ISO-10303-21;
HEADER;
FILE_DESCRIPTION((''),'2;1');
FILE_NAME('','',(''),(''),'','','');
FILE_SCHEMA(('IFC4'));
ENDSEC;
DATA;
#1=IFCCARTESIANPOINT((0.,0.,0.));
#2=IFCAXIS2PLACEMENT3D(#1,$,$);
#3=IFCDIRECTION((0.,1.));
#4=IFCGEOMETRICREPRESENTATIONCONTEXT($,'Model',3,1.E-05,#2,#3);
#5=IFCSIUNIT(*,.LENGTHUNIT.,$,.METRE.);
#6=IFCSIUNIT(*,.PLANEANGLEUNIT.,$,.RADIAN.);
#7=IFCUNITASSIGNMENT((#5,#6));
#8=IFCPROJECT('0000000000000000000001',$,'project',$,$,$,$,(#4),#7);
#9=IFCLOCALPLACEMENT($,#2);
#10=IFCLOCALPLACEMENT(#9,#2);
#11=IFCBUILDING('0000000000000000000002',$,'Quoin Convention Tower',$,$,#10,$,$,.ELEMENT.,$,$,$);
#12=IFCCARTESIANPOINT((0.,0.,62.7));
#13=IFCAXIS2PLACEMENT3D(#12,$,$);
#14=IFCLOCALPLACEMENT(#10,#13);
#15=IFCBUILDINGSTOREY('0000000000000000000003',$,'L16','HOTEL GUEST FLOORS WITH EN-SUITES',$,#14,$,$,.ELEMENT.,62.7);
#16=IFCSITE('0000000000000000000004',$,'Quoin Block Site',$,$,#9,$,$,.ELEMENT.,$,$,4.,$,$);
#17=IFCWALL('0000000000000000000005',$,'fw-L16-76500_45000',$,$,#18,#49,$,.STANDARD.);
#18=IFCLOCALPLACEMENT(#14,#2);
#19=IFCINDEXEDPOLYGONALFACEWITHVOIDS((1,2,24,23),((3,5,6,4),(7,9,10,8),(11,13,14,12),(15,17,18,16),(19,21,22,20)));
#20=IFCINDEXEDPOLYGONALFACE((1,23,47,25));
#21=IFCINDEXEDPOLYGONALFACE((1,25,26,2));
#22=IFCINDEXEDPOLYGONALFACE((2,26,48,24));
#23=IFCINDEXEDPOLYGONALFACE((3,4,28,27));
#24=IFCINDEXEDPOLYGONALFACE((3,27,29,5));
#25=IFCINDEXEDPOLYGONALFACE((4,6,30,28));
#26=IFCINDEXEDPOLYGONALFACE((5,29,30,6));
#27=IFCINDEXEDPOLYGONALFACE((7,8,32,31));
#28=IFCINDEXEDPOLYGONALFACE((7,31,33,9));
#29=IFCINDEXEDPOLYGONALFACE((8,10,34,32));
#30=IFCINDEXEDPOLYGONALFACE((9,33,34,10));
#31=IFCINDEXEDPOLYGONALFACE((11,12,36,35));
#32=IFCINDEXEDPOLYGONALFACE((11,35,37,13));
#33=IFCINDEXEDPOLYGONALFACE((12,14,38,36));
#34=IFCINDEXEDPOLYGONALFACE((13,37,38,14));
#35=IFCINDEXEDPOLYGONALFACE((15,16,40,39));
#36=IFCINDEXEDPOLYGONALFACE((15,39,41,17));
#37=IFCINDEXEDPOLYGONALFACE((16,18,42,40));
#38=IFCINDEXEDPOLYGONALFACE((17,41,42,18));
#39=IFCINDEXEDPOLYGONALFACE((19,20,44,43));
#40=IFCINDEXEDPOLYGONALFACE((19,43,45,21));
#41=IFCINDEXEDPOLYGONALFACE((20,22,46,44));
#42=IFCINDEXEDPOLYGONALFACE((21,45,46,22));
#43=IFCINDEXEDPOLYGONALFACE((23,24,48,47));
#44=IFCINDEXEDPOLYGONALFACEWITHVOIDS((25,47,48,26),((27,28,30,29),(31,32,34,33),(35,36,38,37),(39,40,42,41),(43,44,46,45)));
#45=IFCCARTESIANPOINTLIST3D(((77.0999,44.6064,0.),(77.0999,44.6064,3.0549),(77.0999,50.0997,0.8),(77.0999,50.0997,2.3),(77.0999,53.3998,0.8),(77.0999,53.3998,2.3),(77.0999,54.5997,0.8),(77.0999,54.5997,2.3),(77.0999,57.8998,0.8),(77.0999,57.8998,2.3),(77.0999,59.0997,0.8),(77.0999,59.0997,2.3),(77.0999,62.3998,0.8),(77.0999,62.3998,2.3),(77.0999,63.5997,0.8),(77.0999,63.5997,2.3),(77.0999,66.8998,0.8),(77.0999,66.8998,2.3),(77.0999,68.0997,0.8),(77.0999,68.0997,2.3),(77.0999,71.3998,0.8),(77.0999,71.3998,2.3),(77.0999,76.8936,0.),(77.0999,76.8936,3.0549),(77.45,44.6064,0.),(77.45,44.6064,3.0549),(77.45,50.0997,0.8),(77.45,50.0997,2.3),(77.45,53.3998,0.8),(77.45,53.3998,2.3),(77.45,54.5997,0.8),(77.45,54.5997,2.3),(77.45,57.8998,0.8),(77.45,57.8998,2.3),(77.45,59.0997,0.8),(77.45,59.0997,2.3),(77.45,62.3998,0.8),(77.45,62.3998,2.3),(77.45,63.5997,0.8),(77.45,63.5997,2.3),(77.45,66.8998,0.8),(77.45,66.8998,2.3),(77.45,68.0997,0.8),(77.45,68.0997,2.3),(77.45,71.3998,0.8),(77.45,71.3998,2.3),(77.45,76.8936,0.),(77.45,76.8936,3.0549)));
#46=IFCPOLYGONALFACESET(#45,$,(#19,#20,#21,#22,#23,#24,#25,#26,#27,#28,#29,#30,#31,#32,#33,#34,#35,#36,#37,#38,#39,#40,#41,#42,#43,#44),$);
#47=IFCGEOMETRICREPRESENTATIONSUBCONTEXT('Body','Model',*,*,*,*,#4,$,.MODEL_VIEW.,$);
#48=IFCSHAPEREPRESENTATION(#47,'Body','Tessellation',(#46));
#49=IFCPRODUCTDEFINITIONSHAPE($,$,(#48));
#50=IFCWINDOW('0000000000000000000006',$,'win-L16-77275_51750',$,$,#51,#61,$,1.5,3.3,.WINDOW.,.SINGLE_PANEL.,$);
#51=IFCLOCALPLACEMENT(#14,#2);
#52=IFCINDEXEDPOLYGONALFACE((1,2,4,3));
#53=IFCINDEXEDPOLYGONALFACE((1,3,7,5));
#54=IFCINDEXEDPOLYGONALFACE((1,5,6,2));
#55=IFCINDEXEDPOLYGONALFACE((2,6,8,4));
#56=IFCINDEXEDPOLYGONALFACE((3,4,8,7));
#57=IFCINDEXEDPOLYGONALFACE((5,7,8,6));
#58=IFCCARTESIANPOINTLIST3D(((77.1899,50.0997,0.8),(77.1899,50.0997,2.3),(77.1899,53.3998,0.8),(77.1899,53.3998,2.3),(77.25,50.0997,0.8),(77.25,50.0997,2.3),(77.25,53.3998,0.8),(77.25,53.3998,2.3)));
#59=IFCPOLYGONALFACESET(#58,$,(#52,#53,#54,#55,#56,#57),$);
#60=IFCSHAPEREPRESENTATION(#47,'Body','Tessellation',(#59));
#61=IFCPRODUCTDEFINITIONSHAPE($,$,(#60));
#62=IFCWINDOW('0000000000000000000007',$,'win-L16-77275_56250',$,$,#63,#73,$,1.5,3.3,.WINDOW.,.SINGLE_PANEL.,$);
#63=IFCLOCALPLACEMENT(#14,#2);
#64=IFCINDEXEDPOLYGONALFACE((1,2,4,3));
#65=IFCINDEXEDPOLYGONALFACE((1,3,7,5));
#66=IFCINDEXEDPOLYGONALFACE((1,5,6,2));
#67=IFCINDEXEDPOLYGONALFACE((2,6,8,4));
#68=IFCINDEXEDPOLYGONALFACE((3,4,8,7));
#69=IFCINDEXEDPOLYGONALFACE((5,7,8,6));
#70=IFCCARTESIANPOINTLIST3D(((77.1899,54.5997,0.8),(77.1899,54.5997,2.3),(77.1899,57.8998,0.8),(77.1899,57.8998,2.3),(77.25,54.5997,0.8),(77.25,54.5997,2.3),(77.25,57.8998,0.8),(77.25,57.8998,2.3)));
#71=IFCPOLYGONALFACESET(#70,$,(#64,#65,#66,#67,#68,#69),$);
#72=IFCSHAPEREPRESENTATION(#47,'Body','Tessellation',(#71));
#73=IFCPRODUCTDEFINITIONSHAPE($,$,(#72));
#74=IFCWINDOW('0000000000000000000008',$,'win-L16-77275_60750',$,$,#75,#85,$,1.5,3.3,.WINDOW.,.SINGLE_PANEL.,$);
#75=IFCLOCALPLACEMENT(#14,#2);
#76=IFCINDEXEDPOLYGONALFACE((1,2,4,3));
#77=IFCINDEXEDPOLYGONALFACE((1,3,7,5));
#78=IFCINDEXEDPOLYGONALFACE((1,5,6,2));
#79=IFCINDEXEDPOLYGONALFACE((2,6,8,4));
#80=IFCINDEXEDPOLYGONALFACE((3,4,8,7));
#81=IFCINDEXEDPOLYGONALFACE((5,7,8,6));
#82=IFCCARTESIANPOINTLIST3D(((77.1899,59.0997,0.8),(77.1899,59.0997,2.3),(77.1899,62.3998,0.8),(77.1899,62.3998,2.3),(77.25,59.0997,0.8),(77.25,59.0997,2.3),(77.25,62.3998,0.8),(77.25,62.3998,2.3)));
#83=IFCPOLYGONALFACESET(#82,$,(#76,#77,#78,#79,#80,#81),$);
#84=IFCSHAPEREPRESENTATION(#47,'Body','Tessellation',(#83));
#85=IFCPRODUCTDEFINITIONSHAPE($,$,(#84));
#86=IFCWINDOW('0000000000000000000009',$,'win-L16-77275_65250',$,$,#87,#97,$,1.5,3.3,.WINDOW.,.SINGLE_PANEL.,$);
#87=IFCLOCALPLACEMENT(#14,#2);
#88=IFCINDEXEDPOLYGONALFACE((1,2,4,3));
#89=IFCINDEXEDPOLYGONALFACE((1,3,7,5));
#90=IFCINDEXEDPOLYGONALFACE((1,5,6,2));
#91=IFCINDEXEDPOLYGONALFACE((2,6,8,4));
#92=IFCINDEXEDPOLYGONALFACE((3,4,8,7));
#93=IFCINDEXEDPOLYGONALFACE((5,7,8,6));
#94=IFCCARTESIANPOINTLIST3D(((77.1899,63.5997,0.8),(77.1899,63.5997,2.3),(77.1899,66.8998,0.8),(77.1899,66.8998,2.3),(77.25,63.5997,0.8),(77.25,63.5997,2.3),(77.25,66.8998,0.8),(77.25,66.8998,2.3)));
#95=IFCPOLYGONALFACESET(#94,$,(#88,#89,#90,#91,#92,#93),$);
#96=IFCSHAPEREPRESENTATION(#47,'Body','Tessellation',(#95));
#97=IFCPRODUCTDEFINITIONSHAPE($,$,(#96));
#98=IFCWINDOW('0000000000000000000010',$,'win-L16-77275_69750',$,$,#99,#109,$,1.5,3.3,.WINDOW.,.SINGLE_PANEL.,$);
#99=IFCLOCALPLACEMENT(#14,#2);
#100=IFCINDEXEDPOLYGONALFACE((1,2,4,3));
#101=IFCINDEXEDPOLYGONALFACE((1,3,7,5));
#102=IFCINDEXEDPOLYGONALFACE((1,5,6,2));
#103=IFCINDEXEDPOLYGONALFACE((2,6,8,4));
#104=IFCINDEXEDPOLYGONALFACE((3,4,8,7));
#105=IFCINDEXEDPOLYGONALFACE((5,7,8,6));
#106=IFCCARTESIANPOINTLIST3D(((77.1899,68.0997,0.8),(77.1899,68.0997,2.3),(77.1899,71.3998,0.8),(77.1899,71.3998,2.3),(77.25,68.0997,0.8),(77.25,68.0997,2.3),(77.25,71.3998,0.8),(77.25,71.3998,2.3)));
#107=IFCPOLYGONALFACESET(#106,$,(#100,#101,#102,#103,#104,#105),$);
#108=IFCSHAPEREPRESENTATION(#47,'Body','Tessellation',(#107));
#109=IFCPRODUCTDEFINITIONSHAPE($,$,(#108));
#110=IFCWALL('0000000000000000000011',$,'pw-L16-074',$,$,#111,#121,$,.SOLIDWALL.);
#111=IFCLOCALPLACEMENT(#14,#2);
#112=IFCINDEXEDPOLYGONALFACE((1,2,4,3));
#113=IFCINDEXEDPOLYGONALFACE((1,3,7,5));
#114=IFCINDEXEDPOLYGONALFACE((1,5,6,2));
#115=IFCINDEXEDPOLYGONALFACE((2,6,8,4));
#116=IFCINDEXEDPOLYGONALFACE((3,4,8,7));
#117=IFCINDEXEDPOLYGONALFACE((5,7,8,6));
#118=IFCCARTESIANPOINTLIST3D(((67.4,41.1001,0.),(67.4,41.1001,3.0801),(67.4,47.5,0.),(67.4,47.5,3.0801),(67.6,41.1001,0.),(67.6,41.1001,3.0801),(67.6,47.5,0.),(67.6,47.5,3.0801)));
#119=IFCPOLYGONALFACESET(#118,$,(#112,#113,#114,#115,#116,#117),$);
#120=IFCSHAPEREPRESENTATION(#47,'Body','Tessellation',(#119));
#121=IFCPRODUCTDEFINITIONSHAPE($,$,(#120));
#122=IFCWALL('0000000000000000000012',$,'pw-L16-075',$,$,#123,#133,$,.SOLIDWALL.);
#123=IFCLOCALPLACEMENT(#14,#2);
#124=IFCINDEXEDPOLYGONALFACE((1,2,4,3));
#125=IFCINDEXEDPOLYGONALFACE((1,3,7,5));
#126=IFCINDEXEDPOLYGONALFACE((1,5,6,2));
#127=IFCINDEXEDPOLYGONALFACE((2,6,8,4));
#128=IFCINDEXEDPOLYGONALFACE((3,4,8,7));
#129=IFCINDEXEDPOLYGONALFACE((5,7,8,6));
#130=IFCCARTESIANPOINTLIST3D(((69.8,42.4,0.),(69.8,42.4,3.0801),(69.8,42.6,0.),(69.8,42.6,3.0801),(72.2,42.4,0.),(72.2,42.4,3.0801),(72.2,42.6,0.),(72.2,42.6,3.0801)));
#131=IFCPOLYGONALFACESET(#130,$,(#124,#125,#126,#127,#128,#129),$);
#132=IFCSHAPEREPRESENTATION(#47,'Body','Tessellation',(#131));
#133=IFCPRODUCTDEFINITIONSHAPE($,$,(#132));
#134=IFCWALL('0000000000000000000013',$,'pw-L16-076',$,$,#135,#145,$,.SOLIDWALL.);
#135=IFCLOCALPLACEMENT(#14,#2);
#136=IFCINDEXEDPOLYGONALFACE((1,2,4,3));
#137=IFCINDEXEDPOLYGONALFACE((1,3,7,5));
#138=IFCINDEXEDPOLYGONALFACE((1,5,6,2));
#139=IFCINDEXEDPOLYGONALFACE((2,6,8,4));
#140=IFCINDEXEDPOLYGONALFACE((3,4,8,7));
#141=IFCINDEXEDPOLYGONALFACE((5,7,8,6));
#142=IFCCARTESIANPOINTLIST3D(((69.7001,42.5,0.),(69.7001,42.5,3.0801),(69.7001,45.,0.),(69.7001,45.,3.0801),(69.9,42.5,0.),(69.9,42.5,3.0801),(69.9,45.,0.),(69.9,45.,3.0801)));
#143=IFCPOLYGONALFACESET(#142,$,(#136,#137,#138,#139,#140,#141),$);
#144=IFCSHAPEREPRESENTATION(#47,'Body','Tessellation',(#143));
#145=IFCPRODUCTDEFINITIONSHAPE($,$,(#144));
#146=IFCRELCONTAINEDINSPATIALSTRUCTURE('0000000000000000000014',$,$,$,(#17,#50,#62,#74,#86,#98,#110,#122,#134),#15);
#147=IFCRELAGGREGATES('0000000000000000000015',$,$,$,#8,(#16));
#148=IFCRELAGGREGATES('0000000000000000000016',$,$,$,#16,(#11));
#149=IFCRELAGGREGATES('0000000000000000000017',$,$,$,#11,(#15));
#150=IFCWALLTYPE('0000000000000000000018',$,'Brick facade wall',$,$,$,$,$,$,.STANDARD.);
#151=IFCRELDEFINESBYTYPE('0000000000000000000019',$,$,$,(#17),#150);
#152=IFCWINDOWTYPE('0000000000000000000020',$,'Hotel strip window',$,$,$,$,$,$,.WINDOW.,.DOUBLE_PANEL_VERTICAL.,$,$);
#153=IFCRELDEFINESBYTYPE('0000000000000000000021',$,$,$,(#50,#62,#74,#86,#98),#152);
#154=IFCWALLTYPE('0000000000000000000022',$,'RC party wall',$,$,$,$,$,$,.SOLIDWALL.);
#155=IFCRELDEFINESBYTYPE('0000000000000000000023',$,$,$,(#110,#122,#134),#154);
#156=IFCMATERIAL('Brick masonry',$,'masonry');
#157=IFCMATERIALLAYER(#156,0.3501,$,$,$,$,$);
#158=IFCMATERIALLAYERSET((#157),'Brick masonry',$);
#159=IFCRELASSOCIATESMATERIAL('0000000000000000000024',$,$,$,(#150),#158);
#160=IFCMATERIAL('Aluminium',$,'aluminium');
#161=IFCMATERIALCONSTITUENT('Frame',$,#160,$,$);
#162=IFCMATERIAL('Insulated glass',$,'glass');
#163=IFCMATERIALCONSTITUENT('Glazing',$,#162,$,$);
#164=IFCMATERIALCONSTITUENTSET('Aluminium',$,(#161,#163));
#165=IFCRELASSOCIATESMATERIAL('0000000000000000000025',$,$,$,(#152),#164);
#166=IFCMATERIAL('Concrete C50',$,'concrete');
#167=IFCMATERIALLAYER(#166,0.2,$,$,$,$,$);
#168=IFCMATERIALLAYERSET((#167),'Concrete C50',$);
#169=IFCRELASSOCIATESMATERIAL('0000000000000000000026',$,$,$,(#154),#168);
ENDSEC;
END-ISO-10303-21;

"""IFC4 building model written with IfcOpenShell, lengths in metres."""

from ifc_helpers import new_model, si_unit, direction, frame, frame_2d, origin, place, context, subcontext, project, spatial, rectangle, extrude, material, layer, layer_set, constituent, constituent_set, type_object, element, fill, save


model = new_model("IFC4")

# Units and contexts
model_context = context("Model", 3, precision=1e-05, world=origin(), true_north=direction((0.0, 1.0)))
body_context = subcontext(model_context, "Body", "Model", "MODEL_VIEW")
ifc_project = project(units=[si_unit("LENGTHUNIT", "METRE"), si_unit("PLANEANGLEUNIT", "RADIAN")], contexts=[model_context])

# Site, building, storey
site_placement = place(None, origin())
site = spatial("IfcSite", under=ifc_project, at=site_placement, Name="Quoin Block Site", CompositionType="ELEMENT", RefElevation=4.0)
building_placement = place(site_placement, origin())
building = spatial("IfcBuilding", under=site, at=building_placement, Name="Quoin Convention Tower", CompositionType="ELEMENT")
storey_placement = place(building_placement, frame((0.0, 0.0, 62.7)))
storey = spatial("IfcBuildingStorey", under=building, at=storey_placement, Name="L16", Description="HOTEL GUEST FLOORS WITH EN-SUITES", CompositionType="ELEMENT", Elevation=62.7)

# Wall, openings, windows
ifc_material_1 = material(Name="Brick masonry", Category="masonry")
ifc_layer_1 = layer(ifc_material_1, 0.3501)
ifc_layer_set_1 = layer_set([ifc_layer_1], Name="Brick masonry")
wall_type_1 = type_object("IfcWallType", Name="Brick facade wall", PredefinedType="STANDARD", material=ifc_layer_set_1)
wall_1_placement = place(storey_placement, frame((77.2749, 44.6064, 0.0), z_axis=(0.0, 0.0, 1.0), x_axis=(0.0, 1.0, 0.0)))
wall_1 = element("IfcWall", 1, at=wall_1_placement, inside=storey, type_object=wall_type_1, Name="fw-L16-76500_45000", PredefinedType="STANDARD", context=body_context, shape_type="SweptSolid", body=[
    extrude(rectangle(XDim=32.2871, YDim=0.3501, at=frame_2d((16.1436, 0.0))), origin(), (0.0, 0.0, 1.0), 3.0549),
])
opening_1_placement = place(wall_1_placement, frame((5.4934, 0.0, 0.8)))
opening_1 = element("IfcOpeningElement", 2, at=opening_1_placement, cuts=wall_1, PredefinedType="OPENING", context=body_context, shape_type="SweptSolid", body=[
    extrude(rectangle(XDim=3.3, YDim=1.5, at=frame_2d((1.6499, 0.75))), frame((0.0, 0.1851, 0.0), z_axis=(0.0, -1.0, 0.0), x_axis=(1.0, 0.0, 0.0)), (0.0, 0.0, 1.0), 0.3701),
])
opening_2_placement = place(wall_1_placement, frame((9.9934, 0.0, 0.8)))
opening_2 = element("IfcOpeningElement", 3, at=opening_2_placement, cuts=wall_1, PredefinedType="OPENING", context=body_context, shape_type="SweptSolid", body=[
    extrude(rectangle(XDim=3.3, YDim=1.5, at=frame_2d((1.6499, 0.75))), frame((0.0, 0.1851, 0.0), z_axis=(0.0, -1.0, 0.0), x_axis=(1.0, 0.0, 0.0)), (0.0, 0.0, 1.0), 0.3701),
])
opening_3_placement = place(wall_1_placement, frame((14.4934, 0.0, 0.8)))
opening_3 = element("IfcOpeningElement", 4, at=opening_3_placement, cuts=wall_1, PredefinedType="OPENING", context=body_context, shape_type="SweptSolid", body=[
    extrude(rectangle(XDim=3.3, YDim=1.5, at=frame_2d((1.6499, 0.75))), frame((0.0, 0.1851, 0.0), z_axis=(0.0, -1.0, 0.0), x_axis=(1.0, 0.0, 0.0)), (0.0, 0.0, 1.0), 0.3701),
])
opening_4_placement = place(wall_1_placement, frame((18.9934, 0.0, 0.8)))
opening_4 = element("IfcOpeningElement", 5, at=opening_4_placement, cuts=wall_1, PredefinedType="OPENING", context=body_context, shape_type="SweptSolid", body=[
    extrude(rectangle(XDim=3.3, YDim=1.5, at=frame_2d((1.6499, 0.75))), frame((0.0, 0.1851, 0.0), z_axis=(0.0, -1.0, 0.0), x_axis=(1.0, 0.0, 0.0)), (0.0, 0.0, 1.0), 0.3701),
])
opening_5_placement = place(wall_1_placement, frame((23.4934, 0.0, 0.8)))
opening_5 = element("IfcOpeningElement", 6, at=opening_5_placement, cuts=wall_1, PredefinedType="OPENING", context=body_context, shape_type="SweptSolid", body=[
    extrude(rectangle(XDim=3.3, YDim=1.5, at=frame_2d((1.6499, 0.75))), frame((0.0, 0.1851, 0.0), z_axis=(0.0, -1.0, 0.0), x_axis=(1.0, 0.0, 0.0)), (0.0, 0.0, 1.0), 0.3701),
])
ifc_material_2 = material(Name="Aluminium", Category="aluminium")
ifc_constituent_1 = constituent(ifc_material_2, Name="Frame")
ifc_material_3 = material(Name="Insulated glass", Category="glass")
ifc_constituent_2 = constituent(ifc_material_3, Name="Glazing")
ifc_constituent_set = constituent_set(constituents=[ifc_constituent_1, ifc_constituent_2], Name="Aluminium")
window_type = type_object("IfcWindowType", Name="Hotel strip window", PartitioningType="DOUBLE_PANEL_VERTICAL", PredefinedType="WINDOW", material=ifc_constituent_set)
window_1_placement = place(opening_1_placement, origin())
window_1 = element("IfcWindow", 7, at=window_1_placement, inside=storey, type_object=window_type, Name="win-L16-77275_51750", OverallHeight=1.5, OverallWidth=3.3, PartitioningType="SINGLE_PANEL", PredefinedType="WINDOW", context=body_context, shape_type="SweptSolid", body=[
    extrude(rectangle(XDim=3.3, YDim=1.5, at=frame_2d((1.6499, 0.75))), frame((0.0, 0.085, 0.0), z_axis=(0.0, -1.0, 0.0), x_axis=(1.0, 0.0, 0.0)), (0.0, 0.0, 1.0), 0.0601),
])
fill(opening_1, window_1)
window_2_placement = place(opening_2_placement, origin())
window_2 = element("IfcWindow", 8, at=window_2_placement, inside=storey, type_object=window_type, Name="win-L16-77275_56250", OverallHeight=1.5, OverallWidth=3.3, PartitioningType="SINGLE_PANEL", PredefinedType="WINDOW", context=body_context, shape_type="SweptSolid", body=[
    extrude(rectangle(XDim=3.3, YDim=1.5, at=frame_2d((1.6499, 0.75))), frame((0.0, 0.085, 0.0), z_axis=(0.0, -1.0, 0.0), x_axis=(1.0, 0.0, 0.0)), (0.0, 0.0, 1.0), 0.0601),
])
fill(opening_2, window_2)
window_3_placement = place(opening_3_placement, origin())
window_3 = element("IfcWindow", 9, at=window_3_placement, inside=storey, type_object=window_type, Name="win-L16-77275_60750", OverallHeight=1.5, OverallWidth=3.3, PartitioningType="SINGLE_PANEL", PredefinedType="WINDOW", context=body_context, shape_type="SweptSolid", body=[
    extrude(rectangle(XDim=3.3, YDim=1.5, at=frame_2d((1.6499, 0.75))), frame((0.0, 0.085, 0.0), z_axis=(0.0, -1.0, 0.0), x_axis=(1.0, 0.0, 0.0)), (0.0, 0.0, 1.0), 0.0601),
])
fill(opening_3, window_3)
window_4_placement = place(opening_4_placement, origin())
window_4 = element("IfcWindow", 10, at=window_4_placement, inside=storey, type_object=window_type, Name="win-L16-77275_65250", OverallHeight=1.5, OverallWidth=3.3, PartitioningType="SINGLE_PANEL", PredefinedType="WINDOW", context=body_context, shape_type="SweptSolid", body=[
    extrude(rectangle(XDim=3.3, YDim=1.5, at=frame_2d((1.6499, 0.75))), frame((0.0, 0.085, 0.0), z_axis=(0.0, -1.0, 0.0), x_axis=(1.0, 0.0, 0.0)), (0.0, 0.0, 1.0), 0.0601),
])
fill(opening_4, window_4)
window_5_placement = place(opening_5_placement, origin())
window_5 = element("IfcWindow", 11, at=window_5_placement, inside=storey, type_object=window_type, Name="win-L16-77275_69750", OverallHeight=1.5, OverallWidth=3.3, PartitioningType="SINGLE_PANEL", PredefinedType="WINDOW", context=body_context, shape_type="SweptSolid", body=[
    extrude(rectangle(XDim=3.3, YDim=1.5, at=frame_2d((1.6499, 0.75))), frame((0.0, 0.085, 0.0), z_axis=(0.0, -1.0, 0.0), x_axis=(1.0, 0.0, 0.0)), (0.0, 0.0, 1.0), 0.0601),
])
fill(opening_5, window_5)

# Walls
ifc_material_4 = material(Name="Concrete C50", Category="concrete")
ifc_layer_2 = layer(ifc_material_4, 0.2)
ifc_layer_set_2 = layer_set([ifc_layer_2], Name="Concrete C50")
wall_type_2 = type_object("IfcWallType", Name="RC party wall", PredefinedType="SOLIDWALL", material=ifc_layer_set_2)
wall_2_placement = place(storey_placement, frame((67.5, 41.1001, 0.0), z_axis=(0.0, 0.0, 1.0), x_axis=(0.0, 1.0, 0.0)))
element("IfcWall", 12, at=wall_2_placement, inside=storey, type_object=wall_type_2, Name="pw-L16-074", PredefinedType="SOLIDWALL", context=body_context, shape_type="SweptSolid", body=[
    extrude(rectangle(XDim=6.3999, YDim=0.2, at=frame_2d((3.2, 0.0))), origin(), (0.0, 0.0, 1.0), 3.0801),
])
wall_3_placement = place(storey_placement, frame((69.8, 42.5, 0.0), z_axis=(0.0, 0.0, 1.0), x_axis=(1.0, 0.0, 0.0)))
element("IfcWall", 13, at=wall_3_placement, inside=storey, type_object=wall_type_2, Name="pw-L16-075", PredefinedType="SOLIDWALL", context=body_context, shape_type="SweptSolid", body=[
    extrude(rectangle(XDim=2.3999, YDim=0.2, at=frame_2d((1.2, 0.0))), origin(), (0.0, 0.0, 1.0), 3.0801),
])
wall_4_placement = place(storey_placement, frame((69.8, 42.5, 0.0), z_axis=(0.0, 0.0, 1.0), x_axis=(0.0, 1.0, 0.0)))
element("IfcWall", 14, at=wall_4_placement, inside=storey, type_object=wall_type_2, Name="pw-L16-076", PredefinedType="SOLIDWALL", context=body_context, shape_type="SweptSolid", body=[
    extrude(rectangle(XDim=2.5, YDim=0.2, at=frame_2d((1.25, 0.0))), origin(), (0.0, 0.0, 1.0), 3.0801),
])

save(model, "model.ifc")
